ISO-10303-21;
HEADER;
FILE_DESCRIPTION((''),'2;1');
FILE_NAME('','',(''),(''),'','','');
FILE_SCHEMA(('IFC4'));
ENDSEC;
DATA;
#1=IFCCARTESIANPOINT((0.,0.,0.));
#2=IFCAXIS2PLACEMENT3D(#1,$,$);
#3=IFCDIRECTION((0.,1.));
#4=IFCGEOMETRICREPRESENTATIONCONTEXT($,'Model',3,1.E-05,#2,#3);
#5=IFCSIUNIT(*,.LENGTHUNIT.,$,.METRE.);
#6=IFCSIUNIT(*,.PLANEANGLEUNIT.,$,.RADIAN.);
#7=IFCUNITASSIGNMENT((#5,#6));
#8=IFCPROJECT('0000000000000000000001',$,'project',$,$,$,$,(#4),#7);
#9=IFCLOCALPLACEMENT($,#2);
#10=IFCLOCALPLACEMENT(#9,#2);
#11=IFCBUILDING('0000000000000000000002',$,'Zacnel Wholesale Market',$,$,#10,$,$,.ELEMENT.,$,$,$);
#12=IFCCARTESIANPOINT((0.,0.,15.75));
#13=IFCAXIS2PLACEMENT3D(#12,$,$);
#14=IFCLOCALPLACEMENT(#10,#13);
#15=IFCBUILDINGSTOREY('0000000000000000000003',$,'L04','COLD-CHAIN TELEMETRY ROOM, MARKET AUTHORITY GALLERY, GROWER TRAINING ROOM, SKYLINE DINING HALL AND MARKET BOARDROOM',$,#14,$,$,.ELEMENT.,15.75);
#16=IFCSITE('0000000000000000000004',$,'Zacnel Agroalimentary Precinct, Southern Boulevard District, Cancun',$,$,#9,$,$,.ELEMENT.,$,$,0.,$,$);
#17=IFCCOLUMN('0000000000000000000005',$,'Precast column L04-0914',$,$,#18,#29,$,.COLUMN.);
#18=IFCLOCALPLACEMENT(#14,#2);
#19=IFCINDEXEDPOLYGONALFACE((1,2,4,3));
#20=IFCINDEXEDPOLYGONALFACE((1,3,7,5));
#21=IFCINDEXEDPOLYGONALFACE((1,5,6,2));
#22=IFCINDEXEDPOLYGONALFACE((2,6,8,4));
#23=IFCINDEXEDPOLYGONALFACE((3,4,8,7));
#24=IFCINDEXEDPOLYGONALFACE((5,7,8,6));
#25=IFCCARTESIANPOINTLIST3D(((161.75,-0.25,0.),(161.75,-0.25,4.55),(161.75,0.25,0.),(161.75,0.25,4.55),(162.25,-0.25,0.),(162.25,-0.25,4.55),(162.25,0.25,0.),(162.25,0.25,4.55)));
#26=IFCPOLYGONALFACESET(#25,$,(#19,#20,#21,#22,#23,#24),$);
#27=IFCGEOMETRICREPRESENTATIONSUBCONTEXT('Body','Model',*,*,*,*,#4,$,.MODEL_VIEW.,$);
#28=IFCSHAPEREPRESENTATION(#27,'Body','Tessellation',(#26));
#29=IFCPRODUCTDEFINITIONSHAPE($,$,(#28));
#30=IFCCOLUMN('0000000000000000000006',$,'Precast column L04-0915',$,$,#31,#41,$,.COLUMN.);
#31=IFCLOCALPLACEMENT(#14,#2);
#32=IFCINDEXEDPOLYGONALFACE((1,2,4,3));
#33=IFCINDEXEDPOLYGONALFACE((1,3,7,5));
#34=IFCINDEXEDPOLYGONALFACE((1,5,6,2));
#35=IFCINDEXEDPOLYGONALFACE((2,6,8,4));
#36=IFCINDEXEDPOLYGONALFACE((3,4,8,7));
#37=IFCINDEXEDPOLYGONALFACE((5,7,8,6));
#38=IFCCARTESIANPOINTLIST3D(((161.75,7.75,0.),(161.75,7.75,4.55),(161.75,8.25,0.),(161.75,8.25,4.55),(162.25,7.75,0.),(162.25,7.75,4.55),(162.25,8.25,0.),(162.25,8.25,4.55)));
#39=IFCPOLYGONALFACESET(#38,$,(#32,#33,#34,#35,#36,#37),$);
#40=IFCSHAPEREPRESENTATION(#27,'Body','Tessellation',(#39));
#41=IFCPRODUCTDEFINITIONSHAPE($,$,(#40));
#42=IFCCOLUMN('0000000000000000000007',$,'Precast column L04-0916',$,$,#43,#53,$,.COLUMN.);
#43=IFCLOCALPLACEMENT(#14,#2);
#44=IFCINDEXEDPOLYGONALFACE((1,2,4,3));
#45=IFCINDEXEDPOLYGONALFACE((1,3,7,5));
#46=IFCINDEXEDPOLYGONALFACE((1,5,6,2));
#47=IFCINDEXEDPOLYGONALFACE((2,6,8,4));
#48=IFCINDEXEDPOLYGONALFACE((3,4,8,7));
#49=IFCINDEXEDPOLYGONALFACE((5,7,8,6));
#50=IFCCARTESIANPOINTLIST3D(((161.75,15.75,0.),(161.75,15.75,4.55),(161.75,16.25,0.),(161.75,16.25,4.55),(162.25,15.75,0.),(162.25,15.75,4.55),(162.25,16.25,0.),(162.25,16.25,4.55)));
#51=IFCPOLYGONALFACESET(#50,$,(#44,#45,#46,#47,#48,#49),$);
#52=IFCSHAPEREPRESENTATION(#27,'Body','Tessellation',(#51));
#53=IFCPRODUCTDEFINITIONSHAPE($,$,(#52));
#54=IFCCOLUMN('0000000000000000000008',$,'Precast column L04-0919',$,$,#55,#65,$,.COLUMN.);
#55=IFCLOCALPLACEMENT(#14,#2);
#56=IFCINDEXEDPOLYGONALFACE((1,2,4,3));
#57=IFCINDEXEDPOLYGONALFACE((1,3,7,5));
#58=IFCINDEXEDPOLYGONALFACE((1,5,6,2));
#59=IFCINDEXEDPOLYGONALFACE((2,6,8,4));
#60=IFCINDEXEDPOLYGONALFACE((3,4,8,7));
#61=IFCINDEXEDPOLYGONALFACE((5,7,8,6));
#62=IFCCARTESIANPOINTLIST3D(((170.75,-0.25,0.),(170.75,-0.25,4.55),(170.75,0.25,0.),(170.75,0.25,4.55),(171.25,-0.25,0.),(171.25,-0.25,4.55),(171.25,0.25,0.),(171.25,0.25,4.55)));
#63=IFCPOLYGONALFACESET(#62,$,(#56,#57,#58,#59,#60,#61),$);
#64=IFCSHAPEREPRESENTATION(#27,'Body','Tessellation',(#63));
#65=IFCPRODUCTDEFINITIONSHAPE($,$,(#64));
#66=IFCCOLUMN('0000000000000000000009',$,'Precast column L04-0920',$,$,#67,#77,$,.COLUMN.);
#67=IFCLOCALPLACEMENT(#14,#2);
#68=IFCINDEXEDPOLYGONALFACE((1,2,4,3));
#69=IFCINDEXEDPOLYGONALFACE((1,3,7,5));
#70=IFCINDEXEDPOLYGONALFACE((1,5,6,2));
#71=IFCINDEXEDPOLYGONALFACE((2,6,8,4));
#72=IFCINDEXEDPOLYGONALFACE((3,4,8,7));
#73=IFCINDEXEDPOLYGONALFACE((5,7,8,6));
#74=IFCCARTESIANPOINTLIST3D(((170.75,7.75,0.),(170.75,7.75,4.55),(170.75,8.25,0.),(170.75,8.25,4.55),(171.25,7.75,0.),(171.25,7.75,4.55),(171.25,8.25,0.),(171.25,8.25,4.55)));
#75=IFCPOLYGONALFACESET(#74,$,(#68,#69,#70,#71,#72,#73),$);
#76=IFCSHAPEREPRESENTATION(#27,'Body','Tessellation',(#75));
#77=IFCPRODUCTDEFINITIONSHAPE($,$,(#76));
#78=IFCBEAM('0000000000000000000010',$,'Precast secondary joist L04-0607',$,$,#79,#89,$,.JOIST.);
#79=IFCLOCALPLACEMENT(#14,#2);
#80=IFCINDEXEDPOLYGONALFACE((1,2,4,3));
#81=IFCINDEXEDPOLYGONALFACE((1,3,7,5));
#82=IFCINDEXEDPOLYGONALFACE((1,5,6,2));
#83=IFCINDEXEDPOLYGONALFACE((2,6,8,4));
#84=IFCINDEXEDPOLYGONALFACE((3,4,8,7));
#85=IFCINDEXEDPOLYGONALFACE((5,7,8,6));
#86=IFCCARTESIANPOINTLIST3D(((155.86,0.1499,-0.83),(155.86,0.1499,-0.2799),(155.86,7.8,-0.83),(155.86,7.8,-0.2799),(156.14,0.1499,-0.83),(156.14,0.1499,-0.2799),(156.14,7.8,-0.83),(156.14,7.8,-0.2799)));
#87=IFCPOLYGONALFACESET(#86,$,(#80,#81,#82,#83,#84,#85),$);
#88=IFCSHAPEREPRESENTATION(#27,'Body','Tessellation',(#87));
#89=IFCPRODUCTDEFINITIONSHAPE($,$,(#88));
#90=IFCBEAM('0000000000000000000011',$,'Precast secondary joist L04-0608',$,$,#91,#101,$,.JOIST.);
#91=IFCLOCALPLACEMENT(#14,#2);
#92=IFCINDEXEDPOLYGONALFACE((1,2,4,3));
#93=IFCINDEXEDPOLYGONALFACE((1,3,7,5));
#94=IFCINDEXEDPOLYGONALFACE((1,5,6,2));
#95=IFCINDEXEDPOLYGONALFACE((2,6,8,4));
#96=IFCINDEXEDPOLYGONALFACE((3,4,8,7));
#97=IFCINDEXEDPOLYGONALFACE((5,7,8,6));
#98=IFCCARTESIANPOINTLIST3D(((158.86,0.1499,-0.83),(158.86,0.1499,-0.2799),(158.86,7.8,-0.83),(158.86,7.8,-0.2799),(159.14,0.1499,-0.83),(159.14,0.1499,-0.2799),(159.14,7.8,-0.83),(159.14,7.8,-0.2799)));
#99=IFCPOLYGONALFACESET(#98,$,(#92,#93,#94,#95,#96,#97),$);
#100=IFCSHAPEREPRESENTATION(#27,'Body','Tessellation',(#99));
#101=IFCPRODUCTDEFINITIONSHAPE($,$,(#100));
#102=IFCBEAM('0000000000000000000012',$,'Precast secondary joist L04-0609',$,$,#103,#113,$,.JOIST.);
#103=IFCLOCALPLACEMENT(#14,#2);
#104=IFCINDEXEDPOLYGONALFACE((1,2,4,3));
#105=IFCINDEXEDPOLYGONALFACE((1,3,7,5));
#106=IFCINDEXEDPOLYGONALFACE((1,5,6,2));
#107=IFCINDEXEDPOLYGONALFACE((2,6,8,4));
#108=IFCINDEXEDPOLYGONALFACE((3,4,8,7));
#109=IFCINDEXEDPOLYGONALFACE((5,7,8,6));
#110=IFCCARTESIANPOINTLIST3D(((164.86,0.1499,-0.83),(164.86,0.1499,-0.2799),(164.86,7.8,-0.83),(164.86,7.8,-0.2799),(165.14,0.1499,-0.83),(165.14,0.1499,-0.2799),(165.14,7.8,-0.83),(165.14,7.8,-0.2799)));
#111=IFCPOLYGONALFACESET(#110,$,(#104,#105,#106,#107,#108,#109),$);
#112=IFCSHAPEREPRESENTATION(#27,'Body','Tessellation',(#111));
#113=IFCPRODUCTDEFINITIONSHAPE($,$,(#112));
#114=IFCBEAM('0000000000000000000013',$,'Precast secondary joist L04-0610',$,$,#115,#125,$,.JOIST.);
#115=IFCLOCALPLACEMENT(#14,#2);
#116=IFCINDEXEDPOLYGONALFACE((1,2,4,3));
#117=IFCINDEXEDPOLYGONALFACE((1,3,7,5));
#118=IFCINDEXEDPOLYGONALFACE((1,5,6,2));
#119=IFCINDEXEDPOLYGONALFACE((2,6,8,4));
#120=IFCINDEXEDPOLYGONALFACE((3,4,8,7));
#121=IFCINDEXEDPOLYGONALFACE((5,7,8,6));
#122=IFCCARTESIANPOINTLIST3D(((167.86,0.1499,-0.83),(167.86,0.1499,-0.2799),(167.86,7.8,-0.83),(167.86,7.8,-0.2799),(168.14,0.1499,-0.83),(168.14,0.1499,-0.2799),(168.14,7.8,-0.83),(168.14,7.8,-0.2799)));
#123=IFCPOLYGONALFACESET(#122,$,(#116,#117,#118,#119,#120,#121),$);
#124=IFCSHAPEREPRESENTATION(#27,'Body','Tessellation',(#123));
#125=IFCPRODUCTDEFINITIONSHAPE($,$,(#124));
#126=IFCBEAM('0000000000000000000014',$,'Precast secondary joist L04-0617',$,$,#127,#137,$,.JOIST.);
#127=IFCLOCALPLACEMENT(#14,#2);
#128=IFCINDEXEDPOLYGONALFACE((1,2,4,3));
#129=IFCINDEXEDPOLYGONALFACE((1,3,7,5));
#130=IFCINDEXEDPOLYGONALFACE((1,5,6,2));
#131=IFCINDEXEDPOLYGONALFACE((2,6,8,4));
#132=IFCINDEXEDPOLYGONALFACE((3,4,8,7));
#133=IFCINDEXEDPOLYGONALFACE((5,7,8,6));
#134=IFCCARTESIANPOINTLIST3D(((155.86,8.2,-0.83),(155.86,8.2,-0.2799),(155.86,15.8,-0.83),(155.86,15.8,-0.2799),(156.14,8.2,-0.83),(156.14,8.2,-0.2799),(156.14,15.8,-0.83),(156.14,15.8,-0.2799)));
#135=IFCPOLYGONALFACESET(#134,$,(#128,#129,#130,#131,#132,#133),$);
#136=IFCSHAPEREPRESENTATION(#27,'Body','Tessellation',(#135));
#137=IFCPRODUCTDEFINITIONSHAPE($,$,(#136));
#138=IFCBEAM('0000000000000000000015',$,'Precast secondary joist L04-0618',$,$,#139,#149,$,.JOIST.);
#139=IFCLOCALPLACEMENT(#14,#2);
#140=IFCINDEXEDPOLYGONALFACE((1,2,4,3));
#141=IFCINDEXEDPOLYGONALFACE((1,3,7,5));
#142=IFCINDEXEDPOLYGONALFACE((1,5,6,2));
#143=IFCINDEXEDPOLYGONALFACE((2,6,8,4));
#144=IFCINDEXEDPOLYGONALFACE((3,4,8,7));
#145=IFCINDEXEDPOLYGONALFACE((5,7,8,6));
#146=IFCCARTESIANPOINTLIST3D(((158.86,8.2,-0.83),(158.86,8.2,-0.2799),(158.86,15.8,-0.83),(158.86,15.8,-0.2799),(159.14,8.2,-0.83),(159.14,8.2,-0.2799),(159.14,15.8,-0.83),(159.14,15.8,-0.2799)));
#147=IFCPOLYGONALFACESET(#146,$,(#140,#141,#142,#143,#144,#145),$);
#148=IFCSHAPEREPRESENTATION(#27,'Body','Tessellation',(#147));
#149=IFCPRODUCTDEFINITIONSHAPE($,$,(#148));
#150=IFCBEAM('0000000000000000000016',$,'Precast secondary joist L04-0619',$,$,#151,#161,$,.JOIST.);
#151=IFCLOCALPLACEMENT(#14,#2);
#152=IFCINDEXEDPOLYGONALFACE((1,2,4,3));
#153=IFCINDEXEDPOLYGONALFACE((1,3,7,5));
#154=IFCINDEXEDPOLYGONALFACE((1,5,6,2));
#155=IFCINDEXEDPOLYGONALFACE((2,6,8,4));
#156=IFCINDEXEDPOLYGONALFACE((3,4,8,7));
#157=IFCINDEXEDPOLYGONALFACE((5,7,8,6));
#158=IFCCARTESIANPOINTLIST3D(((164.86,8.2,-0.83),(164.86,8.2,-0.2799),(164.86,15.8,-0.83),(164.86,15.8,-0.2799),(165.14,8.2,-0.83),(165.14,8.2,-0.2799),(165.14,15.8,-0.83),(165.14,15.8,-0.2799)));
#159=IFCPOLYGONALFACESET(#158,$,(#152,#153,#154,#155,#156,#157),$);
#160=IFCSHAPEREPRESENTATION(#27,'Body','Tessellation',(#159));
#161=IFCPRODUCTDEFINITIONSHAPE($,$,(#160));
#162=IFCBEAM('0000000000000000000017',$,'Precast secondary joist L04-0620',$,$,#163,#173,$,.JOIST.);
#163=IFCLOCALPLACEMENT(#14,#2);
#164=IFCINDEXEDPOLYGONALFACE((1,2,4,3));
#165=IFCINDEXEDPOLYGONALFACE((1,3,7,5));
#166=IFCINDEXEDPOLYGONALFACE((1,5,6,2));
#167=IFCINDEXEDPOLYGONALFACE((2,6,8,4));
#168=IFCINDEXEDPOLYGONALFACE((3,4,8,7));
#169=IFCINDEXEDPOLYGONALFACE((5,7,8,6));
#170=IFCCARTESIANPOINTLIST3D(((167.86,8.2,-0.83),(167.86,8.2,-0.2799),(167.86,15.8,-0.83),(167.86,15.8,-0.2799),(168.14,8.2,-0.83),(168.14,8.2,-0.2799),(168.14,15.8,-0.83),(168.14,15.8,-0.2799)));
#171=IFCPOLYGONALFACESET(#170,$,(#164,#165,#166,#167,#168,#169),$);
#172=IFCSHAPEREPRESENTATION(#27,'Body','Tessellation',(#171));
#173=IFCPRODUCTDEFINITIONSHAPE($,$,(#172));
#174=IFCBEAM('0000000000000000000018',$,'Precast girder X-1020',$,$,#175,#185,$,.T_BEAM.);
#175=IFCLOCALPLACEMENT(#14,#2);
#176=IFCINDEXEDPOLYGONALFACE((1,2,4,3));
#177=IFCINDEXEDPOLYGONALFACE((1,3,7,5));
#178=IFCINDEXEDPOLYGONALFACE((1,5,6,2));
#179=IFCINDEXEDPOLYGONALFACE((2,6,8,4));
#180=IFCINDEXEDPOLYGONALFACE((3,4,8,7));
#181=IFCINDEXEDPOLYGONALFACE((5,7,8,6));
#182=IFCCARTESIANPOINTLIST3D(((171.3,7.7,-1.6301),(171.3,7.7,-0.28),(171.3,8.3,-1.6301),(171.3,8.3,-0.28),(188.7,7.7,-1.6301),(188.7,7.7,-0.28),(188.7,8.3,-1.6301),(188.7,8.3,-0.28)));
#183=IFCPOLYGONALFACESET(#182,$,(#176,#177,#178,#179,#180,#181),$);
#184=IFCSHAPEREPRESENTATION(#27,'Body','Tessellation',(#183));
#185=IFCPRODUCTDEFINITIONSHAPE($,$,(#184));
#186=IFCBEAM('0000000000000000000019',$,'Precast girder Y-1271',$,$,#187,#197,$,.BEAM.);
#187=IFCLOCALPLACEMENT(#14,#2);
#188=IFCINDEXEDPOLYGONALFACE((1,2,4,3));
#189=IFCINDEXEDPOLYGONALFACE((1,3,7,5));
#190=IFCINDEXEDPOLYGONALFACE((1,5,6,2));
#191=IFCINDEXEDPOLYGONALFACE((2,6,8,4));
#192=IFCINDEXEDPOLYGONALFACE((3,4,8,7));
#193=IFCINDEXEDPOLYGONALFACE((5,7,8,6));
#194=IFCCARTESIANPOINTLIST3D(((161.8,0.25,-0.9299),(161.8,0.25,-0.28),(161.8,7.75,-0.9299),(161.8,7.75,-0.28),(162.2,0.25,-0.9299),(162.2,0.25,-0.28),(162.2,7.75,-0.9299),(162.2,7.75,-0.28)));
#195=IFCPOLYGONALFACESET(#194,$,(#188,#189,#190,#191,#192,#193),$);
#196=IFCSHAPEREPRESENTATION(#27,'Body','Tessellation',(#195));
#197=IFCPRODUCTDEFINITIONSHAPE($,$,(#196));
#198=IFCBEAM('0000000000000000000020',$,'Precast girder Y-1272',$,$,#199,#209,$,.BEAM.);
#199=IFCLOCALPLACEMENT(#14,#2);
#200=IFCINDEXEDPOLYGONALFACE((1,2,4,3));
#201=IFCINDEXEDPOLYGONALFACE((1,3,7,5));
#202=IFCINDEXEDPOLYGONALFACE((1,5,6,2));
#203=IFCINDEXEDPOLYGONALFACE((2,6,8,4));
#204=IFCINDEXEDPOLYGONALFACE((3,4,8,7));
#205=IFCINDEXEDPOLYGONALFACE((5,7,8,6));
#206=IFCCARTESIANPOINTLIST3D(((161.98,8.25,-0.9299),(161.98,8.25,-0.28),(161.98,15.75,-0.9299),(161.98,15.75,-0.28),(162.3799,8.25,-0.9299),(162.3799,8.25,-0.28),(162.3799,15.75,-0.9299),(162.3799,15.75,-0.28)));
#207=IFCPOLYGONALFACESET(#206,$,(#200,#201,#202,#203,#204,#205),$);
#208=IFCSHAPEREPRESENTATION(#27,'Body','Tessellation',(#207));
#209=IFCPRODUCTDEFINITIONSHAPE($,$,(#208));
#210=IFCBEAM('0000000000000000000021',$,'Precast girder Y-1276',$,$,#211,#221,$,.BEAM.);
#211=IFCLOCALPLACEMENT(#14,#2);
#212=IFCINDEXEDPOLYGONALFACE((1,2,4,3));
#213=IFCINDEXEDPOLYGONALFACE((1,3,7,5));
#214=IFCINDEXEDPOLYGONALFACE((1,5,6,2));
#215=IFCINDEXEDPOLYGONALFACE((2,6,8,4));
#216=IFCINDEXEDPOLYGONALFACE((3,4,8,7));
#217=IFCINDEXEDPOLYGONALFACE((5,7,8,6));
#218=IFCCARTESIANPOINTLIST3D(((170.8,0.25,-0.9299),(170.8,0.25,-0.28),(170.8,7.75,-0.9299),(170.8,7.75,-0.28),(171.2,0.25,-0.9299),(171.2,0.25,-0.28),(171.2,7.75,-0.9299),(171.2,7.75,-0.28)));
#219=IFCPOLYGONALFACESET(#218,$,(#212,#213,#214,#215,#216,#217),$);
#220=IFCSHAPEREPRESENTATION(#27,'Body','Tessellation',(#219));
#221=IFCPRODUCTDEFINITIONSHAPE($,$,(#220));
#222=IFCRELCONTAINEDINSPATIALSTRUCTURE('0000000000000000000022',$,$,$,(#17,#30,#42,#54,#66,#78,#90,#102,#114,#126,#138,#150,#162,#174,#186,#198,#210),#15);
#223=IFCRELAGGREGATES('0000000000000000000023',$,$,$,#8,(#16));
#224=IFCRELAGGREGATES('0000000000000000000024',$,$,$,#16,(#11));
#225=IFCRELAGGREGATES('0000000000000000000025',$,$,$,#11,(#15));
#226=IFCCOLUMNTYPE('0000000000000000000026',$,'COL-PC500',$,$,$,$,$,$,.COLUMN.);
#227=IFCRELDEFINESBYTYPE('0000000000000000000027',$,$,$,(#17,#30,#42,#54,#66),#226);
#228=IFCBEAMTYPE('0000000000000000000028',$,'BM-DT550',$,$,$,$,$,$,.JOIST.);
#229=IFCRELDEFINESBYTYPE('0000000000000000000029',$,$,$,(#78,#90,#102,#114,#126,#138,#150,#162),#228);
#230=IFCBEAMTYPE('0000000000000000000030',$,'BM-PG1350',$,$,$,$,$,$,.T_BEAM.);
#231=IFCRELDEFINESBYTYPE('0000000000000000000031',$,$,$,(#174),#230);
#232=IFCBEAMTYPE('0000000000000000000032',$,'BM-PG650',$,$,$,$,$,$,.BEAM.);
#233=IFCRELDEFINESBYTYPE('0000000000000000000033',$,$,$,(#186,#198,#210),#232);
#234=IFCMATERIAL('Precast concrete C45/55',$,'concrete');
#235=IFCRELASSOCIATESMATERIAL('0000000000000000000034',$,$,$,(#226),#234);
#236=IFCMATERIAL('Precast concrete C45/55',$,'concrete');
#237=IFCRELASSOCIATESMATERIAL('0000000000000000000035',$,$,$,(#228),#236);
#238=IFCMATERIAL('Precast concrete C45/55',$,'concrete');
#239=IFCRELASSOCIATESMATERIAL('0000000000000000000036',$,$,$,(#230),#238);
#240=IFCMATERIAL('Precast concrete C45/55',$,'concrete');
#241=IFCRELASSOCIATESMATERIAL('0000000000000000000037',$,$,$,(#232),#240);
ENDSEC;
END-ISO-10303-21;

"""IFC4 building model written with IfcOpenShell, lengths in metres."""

from ifc_helpers import new_model, si_unit, direction, frame, origin, origin_2d, place, context, subcontext, project, spatial, rectangle, extrude, material, material_profile, profile_set, type_object, element, save


model = new_model("IFC4")

# Units and contexts
model_context = context("Model", 3, precision=1e-05, world=origin(), true_north=direction((0.0, 1.0)))
body_context = subcontext(model_context, "Body", "Model", "MODEL_VIEW")
ifc_project = project(units=[si_unit("LENGTHUNIT", "METRE"), si_unit("PLANEANGLEUNIT", "RADIAN")], contexts=[model_context])

# Site, building, storey
site_placement = place(None, origin())
site = spatial("IfcSite", under=ifc_project, at=site_placement, Name="Zacnel Agroalimentary Precinct, Southern Boulevard District, Cancun", CompositionType="ELEMENT", RefElevation=0.0)
building_placement = place(site_placement, origin())
building = spatial("IfcBuilding", under=site, at=building_placement, Name="Zacnel Wholesale Market", CompositionType="ELEMENT")
storey_placement = place(building_placement, frame((0.0, 0.0, 15.75)))
storey = spatial("IfcBuildingStorey", under=building, at=storey_placement, Name="L04", Description="COLD-CHAIN TELEMETRY ROOM, MARKET AUTHORITY GALLERY, GROWER TRAINING ROOM, SKYLINE DINING HALL AND MARKET BOARDROOM", CompositionType="ELEMENT", Elevation=15.75)

# Columns
ifc_material_1 = material(Name="Precast concrete C45/55", Category="concrete")
ifc_material_profile_1 = material_profile(ifc_material_1, rectangle(XDim=0.5, YDim=0.5, at=origin_2d()), Name="PC 500x500")
ifc_profile_set_1 = profile_set([ifc_material_profile_1], Name="Precast concrete C45/55")
column_type = type_object("IfcColumnType", Name="COL-PC500", PredefinedType="COLUMN", material=ifc_profile_set_1)
for number, where, z_axis, x_axis, name in (
    (1, (162.0, 0.0, 0.0), (0.0, 0.0, 1.0), (1.0, 0.0, 0.0), "Precast column L04-0914"),
    (2, (162.0, 8.0, 0.0), (0.0, 0.0, 1.0), (1.0, 0.0, 0.0), "Precast column L04-0915"),
    (3, (162.0, 16.0, 0.0), (0.0, 0.0, 1.0), (1.0, 0.0, 0.0), "Precast column L04-0916"),
    (4, (171.0, 0.0, 0.0), (0.0, 0.0, 1.0), (1.0, 0.0, 0.0), "Precast column L04-0919"),
    (5, (171.0, 8.0, 0.0), (0.0, 0.0, 1.0), (1.0, 0.0, 0.0), "Precast column L04-0920"),
):
    element("IfcColumn", number, at=place(storey_placement, frame(where, z_axis=z_axis, x_axis=x_axis)), inside=storey, type_object=column_type, Name=name, PredefinedType="COLUMN", context=body_context, shape_type="SweptSolid", body=[
        extrude(rectangle(XDim=0.5, YDim=0.5, at=origin_2d()), origin(), (0.0, 0.0, 1.0), 4.55),
    ])

# Beams
ifc_material_2 = material(Name="Precast concrete C45/55", Category="concrete")
ifc_material_profile_2 = material_profile(ifc_material_2, rectangle(XDim=0.28, YDim=0.55, at=origin_2d()), Name="DT RIB 280x550")
ifc_profile_set_2 = profile_set([ifc_material_profile_2], Name="Precast concrete C45/55")
beam_type_1 = type_object("IfcBeamType", Name="BM-DT550", PredefinedType="JOIST", material=ifc_profile_set_2)
for number, where, z_axis, x_axis, name in (
    (6, (156.0, 0.1499, -0.5549), (0.0, 1.0, 0.0), (-1.0, 0.0, 0.0), "Precast secondary joist L04-0607"),
    (7, (159.0, 0.1499, -0.5549), (0.0, 1.0, 0.0), (-1.0, 0.0, 0.0), "Precast secondary joist L04-0608"),
    (8, (165.0, 0.1499, -0.5549), (0.0, 1.0, 0.0), (-1.0, 0.0, 0.0), "Precast secondary joist L04-0609"),
    (9, (168.0, 0.1499, -0.5549), (0.0, 1.0, 0.0), (-1.0, 0.0, 0.0), "Precast secondary joist L04-0610"),
):
    element("IfcBeam", number, at=place(storey_placement, frame(where, z_axis=z_axis, x_axis=x_axis)), inside=storey, type_object=beam_type_1, Name=name, PredefinedType="JOIST", context=body_context, shape_type="SweptSolid", body=[
        extrude(rectangle(XDim=0.28, YDim=0.55, at=origin_2d()), origin(), (0.0, 0.0, 1.0), 7.6501),
    ])
for number, where, z_axis, x_axis, name in (
    (10, (156.0, 8.2, -0.5549), (0.0, 1.0, 0.0), (-1.0, 0.0, 0.0), "Precast secondary joist L04-0617"),
    (11, (159.0, 8.2, -0.5549), (0.0, 1.0, 0.0), (-1.0, 0.0, 0.0), "Precast secondary joist L04-0618"),
    (12, (165.0, 8.2, -0.5549), (0.0, 1.0, 0.0), (-1.0, 0.0, 0.0), "Precast secondary joist L04-0619"),
    (13, (168.0, 8.2, -0.5549), (0.0, 1.0, 0.0), (-1.0, 0.0, 0.0), "Precast secondary joist L04-0620"),
):
    element("IfcBeam", number, at=place(storey_placement, frame(where, z_axis=z_axis, x_axis=x_axis)), inside=storey, type_object=beam_type_1, Name=name, PredefinedType="JOIST", context=body_context, shape_type="SweptSolid", body=[
        extrude(rectangle(XDim=0.28, YDim=0.55, at=origin_2d()), origin(), (0.0, 0.0, 1.0), 7.6001),
    ])
ifc_material_3 = material(Name="Precast concrete C45/55", Category="concrete")
ifc_material_profile_3 = material_profile(ifc_material_3, rectangle(XDim=0.6001, YDim=1.3501, at=origin_2d()), Name="PG 600x1350")
ifc_profile_set_3 = profile_set([ifc_material_profile_3], Name="Precast concrete C45/55")
beam_type_2 = type_object("IfcBeamType", Name="BM-PG1350", PredefinedType="T_BEAM", material=ifc_profile_set_3)
beam_placement = place(storey_placement, frame((171.3, 8.0, -0.9551), z_axis=(1.0, 0.0, 0.0), x_axis=(0.0, 1.0, 0.0)))
element("IfcBeam", 14, at=beam_placement, inside=storey, type_object=beam_type_2, Name="Precast girder X-1020", PredefinedType="T_BEAM", context=body_context, shape_type="SweptSolid", body=[
    extrude(rectangle(XDim=0.6001, YDim=1.3501, at=origin_2d()), origin(), (0.0, 0.0, 1.0), 17.3999),
])
ifc_material_4 = material(Name="Precast concrete C45/55", Category="concrete")
ifc_material_profile_4 = material_profile(ifc_material_4, rectangle(XDim=0.3999, YDim=0.6499, at=origin_2d()), Name="PG 400x650")
ifc_profile_set_4 = profile_set([ifc_material_profile_4], Name="Precast concrete C45/55")
beam_type_3 = type_object("IfcBeamType", Name="BM-PG650", PredefinedType="BEAM", material=ifc_profile_set_4)
for number, where, z_axis, x_axis, name in (
    (15, (162.0, 0.25, -0.605), (0.0, 1.0, 0.0), (-1.0, 0.0, 0.0), "Precast girder Y-1271"),
    (16, (162.1799, 8.25, -0.605), (0.0, 1.0, 0.0), (-1.0, 0.0, 0.0), "Precast girder Y-1272"),
    (17, (171.0, 0.25, -0.605), (0.0, 1.0, 0.0), (-1.0, 0.0, 0.0), "Precast girder Y-1276"),
):
    element("IfcBeam", number, at=place(storey_placement, frame(where, z_axis=z_axis, x_axis=x_axis)), inside=storey, type_object=beam_type_3, Name=name, PredefinedType="BEAM", context=body_context, shape_type="SweptSolid", body=[
        extrude(rectangle(XDim=0.3999, YDim=0.6499, at=origin_2d()), origin(), (0.0, 0.0, 1.0), 7.5),
    ])

save(model, "model.ifc")
